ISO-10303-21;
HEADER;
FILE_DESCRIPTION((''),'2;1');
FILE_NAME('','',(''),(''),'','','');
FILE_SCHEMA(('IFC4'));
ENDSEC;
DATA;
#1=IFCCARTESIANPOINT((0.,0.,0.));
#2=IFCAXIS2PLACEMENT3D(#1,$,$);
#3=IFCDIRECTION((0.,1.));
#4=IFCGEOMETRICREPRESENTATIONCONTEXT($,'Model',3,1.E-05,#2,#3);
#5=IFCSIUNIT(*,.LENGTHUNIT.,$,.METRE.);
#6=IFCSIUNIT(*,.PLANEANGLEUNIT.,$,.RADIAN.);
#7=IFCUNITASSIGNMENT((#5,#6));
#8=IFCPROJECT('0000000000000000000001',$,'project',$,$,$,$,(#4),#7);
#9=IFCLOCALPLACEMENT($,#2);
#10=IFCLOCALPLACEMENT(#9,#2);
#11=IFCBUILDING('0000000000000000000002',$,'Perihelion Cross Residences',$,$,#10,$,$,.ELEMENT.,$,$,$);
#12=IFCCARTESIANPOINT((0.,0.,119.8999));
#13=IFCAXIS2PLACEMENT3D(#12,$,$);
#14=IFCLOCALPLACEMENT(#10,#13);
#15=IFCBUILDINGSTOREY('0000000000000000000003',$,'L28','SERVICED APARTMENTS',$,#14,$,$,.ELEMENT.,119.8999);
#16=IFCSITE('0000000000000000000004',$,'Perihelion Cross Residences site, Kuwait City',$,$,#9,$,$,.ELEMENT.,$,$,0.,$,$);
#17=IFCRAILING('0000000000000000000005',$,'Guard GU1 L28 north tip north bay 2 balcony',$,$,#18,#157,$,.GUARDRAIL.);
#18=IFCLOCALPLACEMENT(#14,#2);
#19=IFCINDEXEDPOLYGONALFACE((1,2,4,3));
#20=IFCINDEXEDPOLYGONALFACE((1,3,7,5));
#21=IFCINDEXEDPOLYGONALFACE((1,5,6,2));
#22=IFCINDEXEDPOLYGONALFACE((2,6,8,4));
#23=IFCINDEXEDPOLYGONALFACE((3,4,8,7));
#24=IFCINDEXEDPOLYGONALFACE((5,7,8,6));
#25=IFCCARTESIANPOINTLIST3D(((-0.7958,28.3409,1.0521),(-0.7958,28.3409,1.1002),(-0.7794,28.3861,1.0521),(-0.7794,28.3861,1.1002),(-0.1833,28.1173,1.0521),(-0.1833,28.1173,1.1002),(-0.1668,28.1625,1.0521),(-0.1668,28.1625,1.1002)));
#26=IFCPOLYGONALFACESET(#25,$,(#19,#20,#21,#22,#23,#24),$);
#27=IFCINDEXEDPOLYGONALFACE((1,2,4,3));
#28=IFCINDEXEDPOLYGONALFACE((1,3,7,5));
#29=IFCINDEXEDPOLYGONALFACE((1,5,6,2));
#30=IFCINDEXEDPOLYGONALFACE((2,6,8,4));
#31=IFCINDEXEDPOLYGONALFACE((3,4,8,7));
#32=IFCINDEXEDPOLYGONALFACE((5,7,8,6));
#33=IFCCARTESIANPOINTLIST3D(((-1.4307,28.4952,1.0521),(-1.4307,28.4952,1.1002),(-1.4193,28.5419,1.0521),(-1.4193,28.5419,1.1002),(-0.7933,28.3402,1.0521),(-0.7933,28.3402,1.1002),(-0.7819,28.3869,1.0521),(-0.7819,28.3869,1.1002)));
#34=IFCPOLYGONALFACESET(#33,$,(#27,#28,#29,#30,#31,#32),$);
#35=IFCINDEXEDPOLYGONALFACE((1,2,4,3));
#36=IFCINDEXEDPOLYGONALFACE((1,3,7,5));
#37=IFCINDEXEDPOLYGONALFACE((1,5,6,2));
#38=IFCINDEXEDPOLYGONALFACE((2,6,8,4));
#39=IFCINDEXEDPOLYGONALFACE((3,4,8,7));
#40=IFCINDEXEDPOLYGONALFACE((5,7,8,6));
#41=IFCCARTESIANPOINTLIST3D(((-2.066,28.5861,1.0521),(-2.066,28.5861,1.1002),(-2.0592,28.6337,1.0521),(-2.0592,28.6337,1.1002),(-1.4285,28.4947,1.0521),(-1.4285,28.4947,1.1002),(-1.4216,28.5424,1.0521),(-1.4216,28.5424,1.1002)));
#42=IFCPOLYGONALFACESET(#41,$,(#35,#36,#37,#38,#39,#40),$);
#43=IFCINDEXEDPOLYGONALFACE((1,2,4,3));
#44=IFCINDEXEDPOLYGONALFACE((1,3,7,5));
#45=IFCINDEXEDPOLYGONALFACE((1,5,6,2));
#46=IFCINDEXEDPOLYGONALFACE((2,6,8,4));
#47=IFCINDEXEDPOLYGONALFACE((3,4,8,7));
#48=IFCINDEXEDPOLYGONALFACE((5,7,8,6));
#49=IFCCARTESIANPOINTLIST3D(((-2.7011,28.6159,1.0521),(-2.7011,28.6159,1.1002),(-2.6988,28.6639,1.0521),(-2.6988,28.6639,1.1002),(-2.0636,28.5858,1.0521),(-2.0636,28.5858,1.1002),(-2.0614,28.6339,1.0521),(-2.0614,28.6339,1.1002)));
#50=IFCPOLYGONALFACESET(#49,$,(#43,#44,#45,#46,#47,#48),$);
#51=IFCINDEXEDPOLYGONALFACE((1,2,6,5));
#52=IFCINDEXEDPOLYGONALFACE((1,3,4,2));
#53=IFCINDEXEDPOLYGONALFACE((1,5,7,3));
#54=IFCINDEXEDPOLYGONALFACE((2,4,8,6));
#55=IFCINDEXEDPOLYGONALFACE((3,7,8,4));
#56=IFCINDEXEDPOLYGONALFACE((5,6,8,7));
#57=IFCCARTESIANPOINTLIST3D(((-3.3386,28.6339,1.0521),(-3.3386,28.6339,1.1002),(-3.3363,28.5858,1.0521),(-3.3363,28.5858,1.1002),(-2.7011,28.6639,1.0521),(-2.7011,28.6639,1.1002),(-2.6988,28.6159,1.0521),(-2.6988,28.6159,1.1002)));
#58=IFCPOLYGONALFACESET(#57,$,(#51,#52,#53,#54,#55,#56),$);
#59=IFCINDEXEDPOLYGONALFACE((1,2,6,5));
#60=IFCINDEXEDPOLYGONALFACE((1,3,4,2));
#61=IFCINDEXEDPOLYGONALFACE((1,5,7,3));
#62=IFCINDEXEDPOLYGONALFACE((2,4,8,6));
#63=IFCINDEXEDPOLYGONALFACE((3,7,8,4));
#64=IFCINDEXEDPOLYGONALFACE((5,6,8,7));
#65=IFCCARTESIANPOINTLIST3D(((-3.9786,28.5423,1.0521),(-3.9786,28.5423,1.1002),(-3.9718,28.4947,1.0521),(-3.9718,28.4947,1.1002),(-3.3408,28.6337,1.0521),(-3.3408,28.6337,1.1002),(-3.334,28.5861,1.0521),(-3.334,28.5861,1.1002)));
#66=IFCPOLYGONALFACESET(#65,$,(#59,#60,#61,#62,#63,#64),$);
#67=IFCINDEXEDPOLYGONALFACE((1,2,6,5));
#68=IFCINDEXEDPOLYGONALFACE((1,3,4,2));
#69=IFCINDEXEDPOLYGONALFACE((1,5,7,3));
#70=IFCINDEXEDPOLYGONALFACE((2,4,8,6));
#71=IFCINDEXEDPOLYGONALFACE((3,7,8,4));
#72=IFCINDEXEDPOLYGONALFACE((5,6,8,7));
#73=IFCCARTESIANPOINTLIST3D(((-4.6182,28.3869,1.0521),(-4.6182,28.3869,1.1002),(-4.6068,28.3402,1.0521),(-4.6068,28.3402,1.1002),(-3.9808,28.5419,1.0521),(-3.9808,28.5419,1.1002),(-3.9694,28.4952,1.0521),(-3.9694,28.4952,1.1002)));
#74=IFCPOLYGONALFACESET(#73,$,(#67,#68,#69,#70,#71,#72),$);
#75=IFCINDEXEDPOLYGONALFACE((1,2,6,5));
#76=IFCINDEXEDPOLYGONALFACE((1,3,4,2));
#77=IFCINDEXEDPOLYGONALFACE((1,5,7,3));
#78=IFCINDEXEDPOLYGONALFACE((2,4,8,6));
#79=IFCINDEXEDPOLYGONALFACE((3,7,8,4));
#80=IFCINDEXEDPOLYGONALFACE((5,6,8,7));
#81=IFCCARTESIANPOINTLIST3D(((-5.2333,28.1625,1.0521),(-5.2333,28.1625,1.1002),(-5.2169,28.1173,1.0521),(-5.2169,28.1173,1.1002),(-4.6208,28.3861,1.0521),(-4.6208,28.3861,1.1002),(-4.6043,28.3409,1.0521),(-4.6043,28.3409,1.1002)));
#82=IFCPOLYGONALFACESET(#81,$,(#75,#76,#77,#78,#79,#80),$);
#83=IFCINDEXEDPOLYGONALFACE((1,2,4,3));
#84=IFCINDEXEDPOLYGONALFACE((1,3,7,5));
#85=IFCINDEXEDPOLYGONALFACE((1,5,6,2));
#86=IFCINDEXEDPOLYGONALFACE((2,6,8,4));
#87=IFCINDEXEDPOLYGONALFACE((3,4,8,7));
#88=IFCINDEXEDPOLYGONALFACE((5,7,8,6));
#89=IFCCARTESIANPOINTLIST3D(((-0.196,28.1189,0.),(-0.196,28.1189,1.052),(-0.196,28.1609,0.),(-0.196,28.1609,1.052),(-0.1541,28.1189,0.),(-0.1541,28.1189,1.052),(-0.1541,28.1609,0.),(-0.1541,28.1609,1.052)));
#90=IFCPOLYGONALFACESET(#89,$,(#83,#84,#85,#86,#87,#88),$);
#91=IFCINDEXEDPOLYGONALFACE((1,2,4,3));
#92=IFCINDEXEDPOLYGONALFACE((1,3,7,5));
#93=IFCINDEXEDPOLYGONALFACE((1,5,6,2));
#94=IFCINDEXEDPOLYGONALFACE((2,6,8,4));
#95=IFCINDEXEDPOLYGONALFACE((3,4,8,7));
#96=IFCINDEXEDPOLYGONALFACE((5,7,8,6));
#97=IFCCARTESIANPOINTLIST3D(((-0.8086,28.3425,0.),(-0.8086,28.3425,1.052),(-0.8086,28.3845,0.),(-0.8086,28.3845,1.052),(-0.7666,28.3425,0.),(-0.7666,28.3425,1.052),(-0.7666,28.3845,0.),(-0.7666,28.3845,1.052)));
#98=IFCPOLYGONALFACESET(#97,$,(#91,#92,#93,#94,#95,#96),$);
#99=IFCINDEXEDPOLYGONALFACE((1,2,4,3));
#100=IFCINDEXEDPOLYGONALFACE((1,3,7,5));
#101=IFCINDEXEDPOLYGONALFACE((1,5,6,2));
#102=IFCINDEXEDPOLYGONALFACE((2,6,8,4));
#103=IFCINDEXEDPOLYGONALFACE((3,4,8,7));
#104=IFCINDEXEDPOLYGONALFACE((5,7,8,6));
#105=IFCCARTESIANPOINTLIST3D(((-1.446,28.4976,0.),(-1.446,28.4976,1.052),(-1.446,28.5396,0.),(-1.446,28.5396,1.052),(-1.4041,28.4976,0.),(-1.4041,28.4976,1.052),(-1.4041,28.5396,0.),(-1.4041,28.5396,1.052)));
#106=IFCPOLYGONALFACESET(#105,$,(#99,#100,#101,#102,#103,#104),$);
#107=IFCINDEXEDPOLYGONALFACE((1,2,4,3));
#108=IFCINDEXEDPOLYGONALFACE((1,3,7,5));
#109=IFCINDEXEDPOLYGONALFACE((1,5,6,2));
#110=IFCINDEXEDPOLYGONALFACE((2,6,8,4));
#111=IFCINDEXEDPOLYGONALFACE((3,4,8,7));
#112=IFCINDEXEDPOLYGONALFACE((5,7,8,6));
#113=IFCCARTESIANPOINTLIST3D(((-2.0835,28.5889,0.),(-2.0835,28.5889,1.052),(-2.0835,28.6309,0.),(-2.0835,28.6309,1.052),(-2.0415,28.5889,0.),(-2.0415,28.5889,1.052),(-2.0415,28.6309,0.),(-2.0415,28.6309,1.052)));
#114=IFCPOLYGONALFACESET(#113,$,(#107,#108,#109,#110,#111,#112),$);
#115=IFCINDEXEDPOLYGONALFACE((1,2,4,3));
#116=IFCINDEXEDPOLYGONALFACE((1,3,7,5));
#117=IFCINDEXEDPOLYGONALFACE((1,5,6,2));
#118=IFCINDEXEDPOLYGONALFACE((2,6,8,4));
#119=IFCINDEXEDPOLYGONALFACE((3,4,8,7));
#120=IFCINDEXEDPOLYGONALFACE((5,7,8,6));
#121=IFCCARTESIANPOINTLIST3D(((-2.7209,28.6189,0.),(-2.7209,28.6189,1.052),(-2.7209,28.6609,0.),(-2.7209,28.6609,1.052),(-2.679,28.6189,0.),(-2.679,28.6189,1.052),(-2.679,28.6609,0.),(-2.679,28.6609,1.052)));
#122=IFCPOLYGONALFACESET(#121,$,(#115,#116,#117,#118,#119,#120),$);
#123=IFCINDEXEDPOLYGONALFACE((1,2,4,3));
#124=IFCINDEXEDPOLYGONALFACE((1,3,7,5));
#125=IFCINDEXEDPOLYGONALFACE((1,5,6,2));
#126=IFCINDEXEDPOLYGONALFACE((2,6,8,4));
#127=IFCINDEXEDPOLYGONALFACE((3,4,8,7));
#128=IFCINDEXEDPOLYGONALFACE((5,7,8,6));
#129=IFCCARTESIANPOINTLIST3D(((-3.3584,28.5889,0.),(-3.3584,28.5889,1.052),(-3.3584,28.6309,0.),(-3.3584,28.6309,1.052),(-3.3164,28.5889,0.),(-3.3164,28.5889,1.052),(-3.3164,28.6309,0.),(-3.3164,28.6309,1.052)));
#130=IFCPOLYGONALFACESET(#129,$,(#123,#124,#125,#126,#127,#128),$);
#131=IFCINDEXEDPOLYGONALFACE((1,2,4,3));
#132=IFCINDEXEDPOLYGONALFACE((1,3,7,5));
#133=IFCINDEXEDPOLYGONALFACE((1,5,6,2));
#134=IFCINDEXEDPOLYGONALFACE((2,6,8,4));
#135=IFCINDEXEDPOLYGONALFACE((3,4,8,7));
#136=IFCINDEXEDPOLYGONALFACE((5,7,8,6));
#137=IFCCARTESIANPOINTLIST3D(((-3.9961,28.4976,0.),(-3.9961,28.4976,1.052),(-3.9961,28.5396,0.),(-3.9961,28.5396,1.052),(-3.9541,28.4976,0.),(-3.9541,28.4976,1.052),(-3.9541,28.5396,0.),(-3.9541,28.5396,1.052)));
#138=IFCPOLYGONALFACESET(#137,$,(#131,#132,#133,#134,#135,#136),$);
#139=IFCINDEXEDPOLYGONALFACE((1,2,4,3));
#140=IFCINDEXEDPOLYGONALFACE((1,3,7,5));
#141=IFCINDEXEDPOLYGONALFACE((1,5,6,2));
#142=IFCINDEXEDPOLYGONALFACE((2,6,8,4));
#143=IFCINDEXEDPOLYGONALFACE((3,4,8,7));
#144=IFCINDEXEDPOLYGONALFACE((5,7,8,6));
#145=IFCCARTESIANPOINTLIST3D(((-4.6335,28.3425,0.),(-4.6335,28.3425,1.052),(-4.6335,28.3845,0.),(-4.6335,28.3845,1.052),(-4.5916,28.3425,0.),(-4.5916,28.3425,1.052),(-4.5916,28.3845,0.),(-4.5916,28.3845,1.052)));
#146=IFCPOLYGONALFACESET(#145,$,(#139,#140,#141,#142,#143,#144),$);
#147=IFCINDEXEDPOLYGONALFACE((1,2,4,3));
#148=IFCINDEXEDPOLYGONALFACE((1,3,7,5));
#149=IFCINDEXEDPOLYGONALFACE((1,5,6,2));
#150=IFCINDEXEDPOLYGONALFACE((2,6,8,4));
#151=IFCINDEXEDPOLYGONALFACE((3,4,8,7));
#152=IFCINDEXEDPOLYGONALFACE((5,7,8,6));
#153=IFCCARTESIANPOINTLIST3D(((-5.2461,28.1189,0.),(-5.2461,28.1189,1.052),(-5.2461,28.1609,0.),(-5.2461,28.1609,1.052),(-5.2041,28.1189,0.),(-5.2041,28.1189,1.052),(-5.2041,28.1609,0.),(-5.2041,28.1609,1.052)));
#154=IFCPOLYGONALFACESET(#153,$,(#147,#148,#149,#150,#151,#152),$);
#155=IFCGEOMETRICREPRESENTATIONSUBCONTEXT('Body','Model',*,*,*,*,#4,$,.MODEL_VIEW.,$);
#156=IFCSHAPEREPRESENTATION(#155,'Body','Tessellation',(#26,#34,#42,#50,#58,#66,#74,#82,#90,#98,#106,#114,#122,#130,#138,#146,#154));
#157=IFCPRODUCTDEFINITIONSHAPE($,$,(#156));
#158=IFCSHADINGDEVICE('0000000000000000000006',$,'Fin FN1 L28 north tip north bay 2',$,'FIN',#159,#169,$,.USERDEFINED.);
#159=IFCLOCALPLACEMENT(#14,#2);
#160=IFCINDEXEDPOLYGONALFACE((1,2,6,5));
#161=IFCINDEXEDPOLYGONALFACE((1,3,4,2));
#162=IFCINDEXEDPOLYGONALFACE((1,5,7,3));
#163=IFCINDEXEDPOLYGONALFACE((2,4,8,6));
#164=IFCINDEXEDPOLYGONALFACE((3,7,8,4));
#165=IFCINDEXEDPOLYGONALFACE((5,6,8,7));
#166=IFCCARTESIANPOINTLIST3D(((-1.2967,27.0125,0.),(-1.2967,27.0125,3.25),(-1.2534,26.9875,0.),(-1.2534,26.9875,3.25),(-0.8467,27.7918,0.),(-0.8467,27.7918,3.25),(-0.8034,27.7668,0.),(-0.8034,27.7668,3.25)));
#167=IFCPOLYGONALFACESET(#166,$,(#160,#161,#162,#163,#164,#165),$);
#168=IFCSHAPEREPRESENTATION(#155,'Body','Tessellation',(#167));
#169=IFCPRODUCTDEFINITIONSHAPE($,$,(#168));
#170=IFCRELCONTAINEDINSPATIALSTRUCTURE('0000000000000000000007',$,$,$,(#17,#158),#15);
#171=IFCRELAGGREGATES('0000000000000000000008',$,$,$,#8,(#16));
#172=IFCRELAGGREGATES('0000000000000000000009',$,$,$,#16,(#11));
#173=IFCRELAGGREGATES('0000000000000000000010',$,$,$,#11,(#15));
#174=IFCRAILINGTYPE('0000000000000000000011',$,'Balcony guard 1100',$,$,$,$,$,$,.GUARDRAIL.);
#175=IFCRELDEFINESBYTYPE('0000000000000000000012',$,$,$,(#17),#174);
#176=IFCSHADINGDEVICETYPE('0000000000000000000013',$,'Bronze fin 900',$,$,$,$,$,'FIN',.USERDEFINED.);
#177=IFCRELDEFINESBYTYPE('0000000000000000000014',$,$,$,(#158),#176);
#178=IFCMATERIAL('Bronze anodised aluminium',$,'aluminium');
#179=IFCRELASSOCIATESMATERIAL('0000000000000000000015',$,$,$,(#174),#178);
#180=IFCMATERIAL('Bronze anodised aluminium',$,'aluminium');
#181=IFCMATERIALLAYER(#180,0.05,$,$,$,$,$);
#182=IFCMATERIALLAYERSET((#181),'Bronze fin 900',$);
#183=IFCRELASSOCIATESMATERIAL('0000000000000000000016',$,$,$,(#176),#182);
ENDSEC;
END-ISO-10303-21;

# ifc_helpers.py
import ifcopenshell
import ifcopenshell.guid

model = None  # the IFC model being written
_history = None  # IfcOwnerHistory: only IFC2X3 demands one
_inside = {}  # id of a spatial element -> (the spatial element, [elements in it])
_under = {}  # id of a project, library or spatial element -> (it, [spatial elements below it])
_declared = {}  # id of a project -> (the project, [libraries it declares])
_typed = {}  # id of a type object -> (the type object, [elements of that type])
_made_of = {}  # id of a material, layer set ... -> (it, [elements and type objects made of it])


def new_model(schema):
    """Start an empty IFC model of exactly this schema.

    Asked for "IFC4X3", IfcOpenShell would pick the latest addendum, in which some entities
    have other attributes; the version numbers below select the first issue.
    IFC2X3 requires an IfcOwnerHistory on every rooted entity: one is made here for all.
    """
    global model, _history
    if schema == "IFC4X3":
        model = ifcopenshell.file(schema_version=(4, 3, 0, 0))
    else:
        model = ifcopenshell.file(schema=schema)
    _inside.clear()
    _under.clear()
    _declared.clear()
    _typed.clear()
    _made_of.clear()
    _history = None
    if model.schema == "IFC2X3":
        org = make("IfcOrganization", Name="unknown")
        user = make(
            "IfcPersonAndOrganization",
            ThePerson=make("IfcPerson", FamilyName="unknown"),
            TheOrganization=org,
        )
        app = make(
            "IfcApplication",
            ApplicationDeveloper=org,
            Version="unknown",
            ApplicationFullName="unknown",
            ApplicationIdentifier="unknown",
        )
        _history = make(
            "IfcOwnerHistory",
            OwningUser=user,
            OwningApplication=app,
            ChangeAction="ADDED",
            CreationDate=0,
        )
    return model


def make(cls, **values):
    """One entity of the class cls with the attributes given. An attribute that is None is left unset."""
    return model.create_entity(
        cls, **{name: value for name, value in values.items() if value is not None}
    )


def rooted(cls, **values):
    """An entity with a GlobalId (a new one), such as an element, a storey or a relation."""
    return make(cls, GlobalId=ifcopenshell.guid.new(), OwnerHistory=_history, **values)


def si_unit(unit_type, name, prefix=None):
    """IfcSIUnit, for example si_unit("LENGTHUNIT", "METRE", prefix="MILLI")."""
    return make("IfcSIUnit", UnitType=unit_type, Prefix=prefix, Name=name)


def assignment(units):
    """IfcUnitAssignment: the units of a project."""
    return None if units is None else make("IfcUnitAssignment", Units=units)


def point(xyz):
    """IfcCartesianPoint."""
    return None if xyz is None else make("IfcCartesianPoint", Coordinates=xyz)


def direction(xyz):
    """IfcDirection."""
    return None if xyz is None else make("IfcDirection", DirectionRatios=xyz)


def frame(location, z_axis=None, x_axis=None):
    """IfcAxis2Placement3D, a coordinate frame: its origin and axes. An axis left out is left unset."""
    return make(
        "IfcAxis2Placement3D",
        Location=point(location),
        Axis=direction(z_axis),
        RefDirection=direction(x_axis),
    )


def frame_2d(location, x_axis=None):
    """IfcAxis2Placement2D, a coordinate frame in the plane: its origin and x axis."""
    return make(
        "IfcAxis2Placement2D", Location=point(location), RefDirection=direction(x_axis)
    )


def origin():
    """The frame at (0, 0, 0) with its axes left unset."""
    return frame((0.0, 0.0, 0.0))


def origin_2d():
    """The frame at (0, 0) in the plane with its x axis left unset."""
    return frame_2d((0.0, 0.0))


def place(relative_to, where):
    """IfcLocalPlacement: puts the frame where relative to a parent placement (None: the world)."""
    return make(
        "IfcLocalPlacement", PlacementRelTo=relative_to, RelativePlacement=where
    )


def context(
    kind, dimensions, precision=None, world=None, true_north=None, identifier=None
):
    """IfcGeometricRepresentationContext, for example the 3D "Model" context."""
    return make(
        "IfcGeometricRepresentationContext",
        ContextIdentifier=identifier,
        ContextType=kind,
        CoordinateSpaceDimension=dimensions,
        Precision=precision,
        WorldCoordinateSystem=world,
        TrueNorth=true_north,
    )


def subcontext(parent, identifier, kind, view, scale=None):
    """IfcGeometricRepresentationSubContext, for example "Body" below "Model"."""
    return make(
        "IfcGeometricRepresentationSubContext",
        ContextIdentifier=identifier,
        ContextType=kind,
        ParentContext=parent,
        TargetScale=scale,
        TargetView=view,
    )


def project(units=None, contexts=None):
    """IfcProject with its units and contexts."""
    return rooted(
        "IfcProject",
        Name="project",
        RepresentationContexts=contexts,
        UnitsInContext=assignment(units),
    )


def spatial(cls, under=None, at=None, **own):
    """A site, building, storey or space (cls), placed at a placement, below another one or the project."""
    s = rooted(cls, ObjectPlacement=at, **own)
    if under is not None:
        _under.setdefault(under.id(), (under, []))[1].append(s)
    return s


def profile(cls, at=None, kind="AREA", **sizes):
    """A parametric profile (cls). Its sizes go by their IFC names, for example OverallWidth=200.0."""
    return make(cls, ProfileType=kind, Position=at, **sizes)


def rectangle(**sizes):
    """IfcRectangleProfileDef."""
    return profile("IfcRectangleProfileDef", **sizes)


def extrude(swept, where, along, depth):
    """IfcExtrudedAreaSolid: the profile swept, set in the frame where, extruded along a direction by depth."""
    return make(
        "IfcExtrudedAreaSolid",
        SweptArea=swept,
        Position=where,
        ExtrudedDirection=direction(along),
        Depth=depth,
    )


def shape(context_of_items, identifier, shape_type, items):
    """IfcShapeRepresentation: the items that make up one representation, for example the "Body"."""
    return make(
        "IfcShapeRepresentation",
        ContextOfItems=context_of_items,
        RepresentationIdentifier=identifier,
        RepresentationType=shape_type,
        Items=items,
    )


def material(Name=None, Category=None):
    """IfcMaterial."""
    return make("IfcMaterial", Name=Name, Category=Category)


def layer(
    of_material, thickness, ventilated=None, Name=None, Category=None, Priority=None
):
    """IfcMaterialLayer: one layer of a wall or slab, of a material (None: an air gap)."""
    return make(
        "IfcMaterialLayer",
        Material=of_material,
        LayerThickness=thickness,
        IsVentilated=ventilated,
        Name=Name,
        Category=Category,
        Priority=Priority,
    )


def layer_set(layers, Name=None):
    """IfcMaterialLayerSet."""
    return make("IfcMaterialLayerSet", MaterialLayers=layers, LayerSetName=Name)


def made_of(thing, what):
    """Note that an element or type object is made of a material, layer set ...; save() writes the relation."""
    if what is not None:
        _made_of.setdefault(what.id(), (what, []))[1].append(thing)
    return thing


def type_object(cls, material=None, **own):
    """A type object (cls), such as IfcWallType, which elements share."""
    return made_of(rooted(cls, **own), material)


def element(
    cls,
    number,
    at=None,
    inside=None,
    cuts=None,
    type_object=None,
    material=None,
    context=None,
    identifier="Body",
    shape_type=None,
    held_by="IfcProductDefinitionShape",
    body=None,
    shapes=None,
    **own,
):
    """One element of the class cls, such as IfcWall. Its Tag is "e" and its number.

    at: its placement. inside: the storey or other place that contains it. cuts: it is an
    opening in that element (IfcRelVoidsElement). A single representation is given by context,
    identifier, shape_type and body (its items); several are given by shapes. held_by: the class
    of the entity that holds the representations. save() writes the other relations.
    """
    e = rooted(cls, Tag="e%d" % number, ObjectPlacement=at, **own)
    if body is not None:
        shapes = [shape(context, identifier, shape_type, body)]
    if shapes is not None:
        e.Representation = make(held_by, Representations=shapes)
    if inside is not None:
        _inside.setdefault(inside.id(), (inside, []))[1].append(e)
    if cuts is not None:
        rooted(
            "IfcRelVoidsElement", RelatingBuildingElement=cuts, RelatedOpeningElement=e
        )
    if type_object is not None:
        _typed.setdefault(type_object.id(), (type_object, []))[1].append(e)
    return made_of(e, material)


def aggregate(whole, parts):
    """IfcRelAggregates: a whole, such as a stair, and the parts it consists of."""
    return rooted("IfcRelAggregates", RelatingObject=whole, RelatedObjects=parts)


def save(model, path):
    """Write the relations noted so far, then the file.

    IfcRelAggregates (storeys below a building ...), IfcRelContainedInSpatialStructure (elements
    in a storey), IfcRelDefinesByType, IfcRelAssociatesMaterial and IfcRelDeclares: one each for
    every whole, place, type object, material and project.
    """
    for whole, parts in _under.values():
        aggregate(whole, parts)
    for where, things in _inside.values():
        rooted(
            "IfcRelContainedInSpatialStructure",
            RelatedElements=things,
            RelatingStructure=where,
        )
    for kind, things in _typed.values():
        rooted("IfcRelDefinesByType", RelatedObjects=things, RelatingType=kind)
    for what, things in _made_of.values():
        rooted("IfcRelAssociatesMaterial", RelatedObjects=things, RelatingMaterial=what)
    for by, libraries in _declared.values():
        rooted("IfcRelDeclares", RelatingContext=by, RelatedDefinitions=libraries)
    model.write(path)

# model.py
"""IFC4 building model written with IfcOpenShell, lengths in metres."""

from ifc_helpers import new_model, si_unit, direction, frame, origin, origin_2d, place, context, subcontext, project, spatial, rectangle, extrude, material, layer, layer_set, type_object, element, save


model = new_model("IFC4")

# Units and contexts
model_context = context("Model", 3, precision=1e-05, world=origin(), true_north=direction((0.0, 1.0)))
body_context = subcontext(model_context, "Body", "Model", "MODEL_VIEW")
ifc_project = project(units=[si_unit("LENGTHUNIT", "METRE"), si_unit("PLANEANGLEUNIT", "RADIAN")], contexts=[model_context])

# Site, building, storey
site_placement = place(None, origin())
site = spatial("IfcSite", under=ifc_project, at=site_placement, Name="Perihelion Cross Residences site, Kuwait City", CompositionType="ELEMENT", RefElevation=0.0)
building_placement = place(site_placement, origin())
building = spatial("IfcBuilding", under=site, at=building_placement, Name="Perihelion Cross Residences", CompositionType="ELEMENT")
storey_placement = place(building_placement, frame((0.0, 0.0, 119.8999)))
storey = spatial("IfcBuildingStorey", under=building, at=storey_placement, Name="L28", Description="SERVICED APARTMENTS", CompositionType="ELEMENT", Elevation=119.8999)

# Railing
ifc_material_1 = material(Name="Bronze anodised aluminium", Category="aluminium")
railing_type = type_object("IfcRailingType", Name="Balcony guard 1100", PredefinedType="GUARDRAIL", material=ifc_material_1)
railing_placement = place(storey_placement, frame((-0.175, 28.1399, 0.0)))
element("IfcRailing", 1, at=railing_placement, inside=storey, type_object=railing_type, Name="Guard GU1 L28 north tip north bay 2 balcony", PredefinedType="GUARDRAIL", context=body_context, shape_type="SweptSolid", body=[
    extrude(rectangle(XDim=0.0481, YDim=0.0481, at=origin_2d()), frame((0.0, 0.0, 1.0762), z_axis=(-0.939355, 0.342945, 0.0), x_axis=(-0.342945, -0.939355, 0.0)), (0.0, 0.0, 1.0), 0.6521),
    extrude(rectangle(XDim=0.0481, YDim=0.0481, at=origin_2d()), frame((-0.6125, 0.2236, 1.0762), z_axis=(-0.971677, 0.236314, 0.0), x_axis=(-0.236314, -0.971677, 0.0)), (0.0, 0.0, 1.0), 0.656),
    extrude(rectangle(XDim=0.0481, YDim=0.0481, at=origin_2d()), frame((-1.25, 0.3787, 1.0762), z_axis=(-0.989896, 0.141793, 0.0), x_axis=(-0.141793, -0.989896, 0.0)), (0.0, 0.0, 1.0), 0.644),
    extrude(rectangle(XDim=0.0481, YDim=0.0481, at=origin_2d()), frame((-1.8875, 0.47, 1.0762), z_axis=(-0.998892, 0.047056, 0.0), x_axis=(-0.047056, -0.998892, 0.0)), (0.0, 0.0, 1.0), 0.6382),
    extrude(rectangle(XDim=0.0481, YDim=0.0481, at=origin_2d()), frame((-2.5249, 0.5, 1.0762), z_axis=(-0.998892, -0.047056, 0.0), x_axis=(0.047056, -0.998892, 0.0)), (0.0, 0.0, 1.0), 0.6382),
    extrude(rectangle(XDim=0.0481, YDim=0.0481, at=origin_2d()), frame((-3.1624, 0.47, 1.0762), z_axis=(-0.989904, -0.14174, 0.0), x_axis=(0.14174, -0.989904, 0.0)), (0.0, 0.0, 1.0), 0.6443),
    extrude(rectangle(XDim=0.0481, YDim=0.0481, at=origin_2d()), frame((-3.8, 0.3787, 1.0762), z_axis=(-0.971677, -0.236314, 0.0), x_axis=(0.236314, -0.971677, 0.0)), (0.0, 0.0, 1.0), 0.656),
    extrude(rectangle(XDim=0.0481, YDim=0.0481, at=origin_2d()), frame((-4.4375, 0.2236, 1.0762), z_axis=(-0.939355, -0.342945, 0.0), x_axis=(0.342945, -0.939355, 0.0)), (0.0, 0.0, 1.0), 0.6521),
    extrude(rectangle(XDim=0.042, YDim=0.042, at=origin_2d()), origin(), (0.0, 0.0, 1.0), 1.052),
    extrude(rectangle(XDim=0.042, YDim=0.042, at=origin_2d()), frame((-0.6125, 0.2236, 0.0)), (0.0, 0.0, 1.0), 1.052),
    extrude(rectangle(XDim=0.042, YDim=0.042, at=origin_2d()), frame((-1.25, 0.3787, 0.0)), (0.0, 0.0, 1.0), 1.052),
    extrude(rectangle(XDim=0.042, YDim=0.042, at=origin_2d()), frame((-1.8875, 0.47, 0.0)), (0.0, 0.0, 1.0), 1.052),
    extrude(rectangle(XDim=0.042, YDim=0.042, at=origin_2d()), frame((-2.5249, 0.5, 0.0)), (0.0, 0.0, 1.0), 1.052),
    extrude(rectangle(XDim=0.042, YDim=0.042, at=origin_2d()), frame((-3.1624, 0.47, 0.0)), (0.0, 0.0, 1.0), 1.052),
    extrude(rectangle(XDim=0.042, YDim=0.042, at=origin_2d()), frame((-3.8, 0.3787, 0.0)), (0.0, 0.0, 1.0), 1.052),
    extrude(rectangle(XDim=0.042, YDim=0.042, at=origin_2d()), frame((-4.4375, 0.2236, 0.0)), (0.0, 0.0, 1.0), 1.052),
    extrude(rectangle(XDim=0.042, YDim=0.042, at=origin_2d()), frame((-5.05, 0.0, 0.0)), (0.0, 0.0, 1.0), 1.052),
])

# Shading device
ifc_material_2 = material(Name="Bronze anodised aluminium", Category="aluminium")
ifc_layer_1 = layer(ifc_material_2, 0.05)
ifc_layer_set_1 = layer_set([ifc_layer_1], Name="Bronze fin 900")
shading_device_type = type_object("IfcShadingDeviceType", Name="Bronze fin 900", ElementType="FIN", PredefinedType="USERDEFINED", material=ifc_layer_set_1)
shading_device_placement = place(storey_placement, frame((-1.05, 27.3896, 0.0), z_axis=(0.0, 0.0, 1.0), x_axis=(0.5, 0.866025, 0.0)))
element("IfcShadingDevice", 2, at=shading_device_placement, inside=storey, type_object=shading_device_type, Name="Fin FN1 L28 north tip north bay 2", ObjectType="FIN", PredefinedType="USERDEFINED", context=body_context, shape_type="SweptSolid", body=[
    extrude(rectangle(XDim=0.8999, YDim=0.05, at=origin_2d()), origin(), (0.0, 0.0, 1.0), 3.25),
])

save(model, "model.ifc")
